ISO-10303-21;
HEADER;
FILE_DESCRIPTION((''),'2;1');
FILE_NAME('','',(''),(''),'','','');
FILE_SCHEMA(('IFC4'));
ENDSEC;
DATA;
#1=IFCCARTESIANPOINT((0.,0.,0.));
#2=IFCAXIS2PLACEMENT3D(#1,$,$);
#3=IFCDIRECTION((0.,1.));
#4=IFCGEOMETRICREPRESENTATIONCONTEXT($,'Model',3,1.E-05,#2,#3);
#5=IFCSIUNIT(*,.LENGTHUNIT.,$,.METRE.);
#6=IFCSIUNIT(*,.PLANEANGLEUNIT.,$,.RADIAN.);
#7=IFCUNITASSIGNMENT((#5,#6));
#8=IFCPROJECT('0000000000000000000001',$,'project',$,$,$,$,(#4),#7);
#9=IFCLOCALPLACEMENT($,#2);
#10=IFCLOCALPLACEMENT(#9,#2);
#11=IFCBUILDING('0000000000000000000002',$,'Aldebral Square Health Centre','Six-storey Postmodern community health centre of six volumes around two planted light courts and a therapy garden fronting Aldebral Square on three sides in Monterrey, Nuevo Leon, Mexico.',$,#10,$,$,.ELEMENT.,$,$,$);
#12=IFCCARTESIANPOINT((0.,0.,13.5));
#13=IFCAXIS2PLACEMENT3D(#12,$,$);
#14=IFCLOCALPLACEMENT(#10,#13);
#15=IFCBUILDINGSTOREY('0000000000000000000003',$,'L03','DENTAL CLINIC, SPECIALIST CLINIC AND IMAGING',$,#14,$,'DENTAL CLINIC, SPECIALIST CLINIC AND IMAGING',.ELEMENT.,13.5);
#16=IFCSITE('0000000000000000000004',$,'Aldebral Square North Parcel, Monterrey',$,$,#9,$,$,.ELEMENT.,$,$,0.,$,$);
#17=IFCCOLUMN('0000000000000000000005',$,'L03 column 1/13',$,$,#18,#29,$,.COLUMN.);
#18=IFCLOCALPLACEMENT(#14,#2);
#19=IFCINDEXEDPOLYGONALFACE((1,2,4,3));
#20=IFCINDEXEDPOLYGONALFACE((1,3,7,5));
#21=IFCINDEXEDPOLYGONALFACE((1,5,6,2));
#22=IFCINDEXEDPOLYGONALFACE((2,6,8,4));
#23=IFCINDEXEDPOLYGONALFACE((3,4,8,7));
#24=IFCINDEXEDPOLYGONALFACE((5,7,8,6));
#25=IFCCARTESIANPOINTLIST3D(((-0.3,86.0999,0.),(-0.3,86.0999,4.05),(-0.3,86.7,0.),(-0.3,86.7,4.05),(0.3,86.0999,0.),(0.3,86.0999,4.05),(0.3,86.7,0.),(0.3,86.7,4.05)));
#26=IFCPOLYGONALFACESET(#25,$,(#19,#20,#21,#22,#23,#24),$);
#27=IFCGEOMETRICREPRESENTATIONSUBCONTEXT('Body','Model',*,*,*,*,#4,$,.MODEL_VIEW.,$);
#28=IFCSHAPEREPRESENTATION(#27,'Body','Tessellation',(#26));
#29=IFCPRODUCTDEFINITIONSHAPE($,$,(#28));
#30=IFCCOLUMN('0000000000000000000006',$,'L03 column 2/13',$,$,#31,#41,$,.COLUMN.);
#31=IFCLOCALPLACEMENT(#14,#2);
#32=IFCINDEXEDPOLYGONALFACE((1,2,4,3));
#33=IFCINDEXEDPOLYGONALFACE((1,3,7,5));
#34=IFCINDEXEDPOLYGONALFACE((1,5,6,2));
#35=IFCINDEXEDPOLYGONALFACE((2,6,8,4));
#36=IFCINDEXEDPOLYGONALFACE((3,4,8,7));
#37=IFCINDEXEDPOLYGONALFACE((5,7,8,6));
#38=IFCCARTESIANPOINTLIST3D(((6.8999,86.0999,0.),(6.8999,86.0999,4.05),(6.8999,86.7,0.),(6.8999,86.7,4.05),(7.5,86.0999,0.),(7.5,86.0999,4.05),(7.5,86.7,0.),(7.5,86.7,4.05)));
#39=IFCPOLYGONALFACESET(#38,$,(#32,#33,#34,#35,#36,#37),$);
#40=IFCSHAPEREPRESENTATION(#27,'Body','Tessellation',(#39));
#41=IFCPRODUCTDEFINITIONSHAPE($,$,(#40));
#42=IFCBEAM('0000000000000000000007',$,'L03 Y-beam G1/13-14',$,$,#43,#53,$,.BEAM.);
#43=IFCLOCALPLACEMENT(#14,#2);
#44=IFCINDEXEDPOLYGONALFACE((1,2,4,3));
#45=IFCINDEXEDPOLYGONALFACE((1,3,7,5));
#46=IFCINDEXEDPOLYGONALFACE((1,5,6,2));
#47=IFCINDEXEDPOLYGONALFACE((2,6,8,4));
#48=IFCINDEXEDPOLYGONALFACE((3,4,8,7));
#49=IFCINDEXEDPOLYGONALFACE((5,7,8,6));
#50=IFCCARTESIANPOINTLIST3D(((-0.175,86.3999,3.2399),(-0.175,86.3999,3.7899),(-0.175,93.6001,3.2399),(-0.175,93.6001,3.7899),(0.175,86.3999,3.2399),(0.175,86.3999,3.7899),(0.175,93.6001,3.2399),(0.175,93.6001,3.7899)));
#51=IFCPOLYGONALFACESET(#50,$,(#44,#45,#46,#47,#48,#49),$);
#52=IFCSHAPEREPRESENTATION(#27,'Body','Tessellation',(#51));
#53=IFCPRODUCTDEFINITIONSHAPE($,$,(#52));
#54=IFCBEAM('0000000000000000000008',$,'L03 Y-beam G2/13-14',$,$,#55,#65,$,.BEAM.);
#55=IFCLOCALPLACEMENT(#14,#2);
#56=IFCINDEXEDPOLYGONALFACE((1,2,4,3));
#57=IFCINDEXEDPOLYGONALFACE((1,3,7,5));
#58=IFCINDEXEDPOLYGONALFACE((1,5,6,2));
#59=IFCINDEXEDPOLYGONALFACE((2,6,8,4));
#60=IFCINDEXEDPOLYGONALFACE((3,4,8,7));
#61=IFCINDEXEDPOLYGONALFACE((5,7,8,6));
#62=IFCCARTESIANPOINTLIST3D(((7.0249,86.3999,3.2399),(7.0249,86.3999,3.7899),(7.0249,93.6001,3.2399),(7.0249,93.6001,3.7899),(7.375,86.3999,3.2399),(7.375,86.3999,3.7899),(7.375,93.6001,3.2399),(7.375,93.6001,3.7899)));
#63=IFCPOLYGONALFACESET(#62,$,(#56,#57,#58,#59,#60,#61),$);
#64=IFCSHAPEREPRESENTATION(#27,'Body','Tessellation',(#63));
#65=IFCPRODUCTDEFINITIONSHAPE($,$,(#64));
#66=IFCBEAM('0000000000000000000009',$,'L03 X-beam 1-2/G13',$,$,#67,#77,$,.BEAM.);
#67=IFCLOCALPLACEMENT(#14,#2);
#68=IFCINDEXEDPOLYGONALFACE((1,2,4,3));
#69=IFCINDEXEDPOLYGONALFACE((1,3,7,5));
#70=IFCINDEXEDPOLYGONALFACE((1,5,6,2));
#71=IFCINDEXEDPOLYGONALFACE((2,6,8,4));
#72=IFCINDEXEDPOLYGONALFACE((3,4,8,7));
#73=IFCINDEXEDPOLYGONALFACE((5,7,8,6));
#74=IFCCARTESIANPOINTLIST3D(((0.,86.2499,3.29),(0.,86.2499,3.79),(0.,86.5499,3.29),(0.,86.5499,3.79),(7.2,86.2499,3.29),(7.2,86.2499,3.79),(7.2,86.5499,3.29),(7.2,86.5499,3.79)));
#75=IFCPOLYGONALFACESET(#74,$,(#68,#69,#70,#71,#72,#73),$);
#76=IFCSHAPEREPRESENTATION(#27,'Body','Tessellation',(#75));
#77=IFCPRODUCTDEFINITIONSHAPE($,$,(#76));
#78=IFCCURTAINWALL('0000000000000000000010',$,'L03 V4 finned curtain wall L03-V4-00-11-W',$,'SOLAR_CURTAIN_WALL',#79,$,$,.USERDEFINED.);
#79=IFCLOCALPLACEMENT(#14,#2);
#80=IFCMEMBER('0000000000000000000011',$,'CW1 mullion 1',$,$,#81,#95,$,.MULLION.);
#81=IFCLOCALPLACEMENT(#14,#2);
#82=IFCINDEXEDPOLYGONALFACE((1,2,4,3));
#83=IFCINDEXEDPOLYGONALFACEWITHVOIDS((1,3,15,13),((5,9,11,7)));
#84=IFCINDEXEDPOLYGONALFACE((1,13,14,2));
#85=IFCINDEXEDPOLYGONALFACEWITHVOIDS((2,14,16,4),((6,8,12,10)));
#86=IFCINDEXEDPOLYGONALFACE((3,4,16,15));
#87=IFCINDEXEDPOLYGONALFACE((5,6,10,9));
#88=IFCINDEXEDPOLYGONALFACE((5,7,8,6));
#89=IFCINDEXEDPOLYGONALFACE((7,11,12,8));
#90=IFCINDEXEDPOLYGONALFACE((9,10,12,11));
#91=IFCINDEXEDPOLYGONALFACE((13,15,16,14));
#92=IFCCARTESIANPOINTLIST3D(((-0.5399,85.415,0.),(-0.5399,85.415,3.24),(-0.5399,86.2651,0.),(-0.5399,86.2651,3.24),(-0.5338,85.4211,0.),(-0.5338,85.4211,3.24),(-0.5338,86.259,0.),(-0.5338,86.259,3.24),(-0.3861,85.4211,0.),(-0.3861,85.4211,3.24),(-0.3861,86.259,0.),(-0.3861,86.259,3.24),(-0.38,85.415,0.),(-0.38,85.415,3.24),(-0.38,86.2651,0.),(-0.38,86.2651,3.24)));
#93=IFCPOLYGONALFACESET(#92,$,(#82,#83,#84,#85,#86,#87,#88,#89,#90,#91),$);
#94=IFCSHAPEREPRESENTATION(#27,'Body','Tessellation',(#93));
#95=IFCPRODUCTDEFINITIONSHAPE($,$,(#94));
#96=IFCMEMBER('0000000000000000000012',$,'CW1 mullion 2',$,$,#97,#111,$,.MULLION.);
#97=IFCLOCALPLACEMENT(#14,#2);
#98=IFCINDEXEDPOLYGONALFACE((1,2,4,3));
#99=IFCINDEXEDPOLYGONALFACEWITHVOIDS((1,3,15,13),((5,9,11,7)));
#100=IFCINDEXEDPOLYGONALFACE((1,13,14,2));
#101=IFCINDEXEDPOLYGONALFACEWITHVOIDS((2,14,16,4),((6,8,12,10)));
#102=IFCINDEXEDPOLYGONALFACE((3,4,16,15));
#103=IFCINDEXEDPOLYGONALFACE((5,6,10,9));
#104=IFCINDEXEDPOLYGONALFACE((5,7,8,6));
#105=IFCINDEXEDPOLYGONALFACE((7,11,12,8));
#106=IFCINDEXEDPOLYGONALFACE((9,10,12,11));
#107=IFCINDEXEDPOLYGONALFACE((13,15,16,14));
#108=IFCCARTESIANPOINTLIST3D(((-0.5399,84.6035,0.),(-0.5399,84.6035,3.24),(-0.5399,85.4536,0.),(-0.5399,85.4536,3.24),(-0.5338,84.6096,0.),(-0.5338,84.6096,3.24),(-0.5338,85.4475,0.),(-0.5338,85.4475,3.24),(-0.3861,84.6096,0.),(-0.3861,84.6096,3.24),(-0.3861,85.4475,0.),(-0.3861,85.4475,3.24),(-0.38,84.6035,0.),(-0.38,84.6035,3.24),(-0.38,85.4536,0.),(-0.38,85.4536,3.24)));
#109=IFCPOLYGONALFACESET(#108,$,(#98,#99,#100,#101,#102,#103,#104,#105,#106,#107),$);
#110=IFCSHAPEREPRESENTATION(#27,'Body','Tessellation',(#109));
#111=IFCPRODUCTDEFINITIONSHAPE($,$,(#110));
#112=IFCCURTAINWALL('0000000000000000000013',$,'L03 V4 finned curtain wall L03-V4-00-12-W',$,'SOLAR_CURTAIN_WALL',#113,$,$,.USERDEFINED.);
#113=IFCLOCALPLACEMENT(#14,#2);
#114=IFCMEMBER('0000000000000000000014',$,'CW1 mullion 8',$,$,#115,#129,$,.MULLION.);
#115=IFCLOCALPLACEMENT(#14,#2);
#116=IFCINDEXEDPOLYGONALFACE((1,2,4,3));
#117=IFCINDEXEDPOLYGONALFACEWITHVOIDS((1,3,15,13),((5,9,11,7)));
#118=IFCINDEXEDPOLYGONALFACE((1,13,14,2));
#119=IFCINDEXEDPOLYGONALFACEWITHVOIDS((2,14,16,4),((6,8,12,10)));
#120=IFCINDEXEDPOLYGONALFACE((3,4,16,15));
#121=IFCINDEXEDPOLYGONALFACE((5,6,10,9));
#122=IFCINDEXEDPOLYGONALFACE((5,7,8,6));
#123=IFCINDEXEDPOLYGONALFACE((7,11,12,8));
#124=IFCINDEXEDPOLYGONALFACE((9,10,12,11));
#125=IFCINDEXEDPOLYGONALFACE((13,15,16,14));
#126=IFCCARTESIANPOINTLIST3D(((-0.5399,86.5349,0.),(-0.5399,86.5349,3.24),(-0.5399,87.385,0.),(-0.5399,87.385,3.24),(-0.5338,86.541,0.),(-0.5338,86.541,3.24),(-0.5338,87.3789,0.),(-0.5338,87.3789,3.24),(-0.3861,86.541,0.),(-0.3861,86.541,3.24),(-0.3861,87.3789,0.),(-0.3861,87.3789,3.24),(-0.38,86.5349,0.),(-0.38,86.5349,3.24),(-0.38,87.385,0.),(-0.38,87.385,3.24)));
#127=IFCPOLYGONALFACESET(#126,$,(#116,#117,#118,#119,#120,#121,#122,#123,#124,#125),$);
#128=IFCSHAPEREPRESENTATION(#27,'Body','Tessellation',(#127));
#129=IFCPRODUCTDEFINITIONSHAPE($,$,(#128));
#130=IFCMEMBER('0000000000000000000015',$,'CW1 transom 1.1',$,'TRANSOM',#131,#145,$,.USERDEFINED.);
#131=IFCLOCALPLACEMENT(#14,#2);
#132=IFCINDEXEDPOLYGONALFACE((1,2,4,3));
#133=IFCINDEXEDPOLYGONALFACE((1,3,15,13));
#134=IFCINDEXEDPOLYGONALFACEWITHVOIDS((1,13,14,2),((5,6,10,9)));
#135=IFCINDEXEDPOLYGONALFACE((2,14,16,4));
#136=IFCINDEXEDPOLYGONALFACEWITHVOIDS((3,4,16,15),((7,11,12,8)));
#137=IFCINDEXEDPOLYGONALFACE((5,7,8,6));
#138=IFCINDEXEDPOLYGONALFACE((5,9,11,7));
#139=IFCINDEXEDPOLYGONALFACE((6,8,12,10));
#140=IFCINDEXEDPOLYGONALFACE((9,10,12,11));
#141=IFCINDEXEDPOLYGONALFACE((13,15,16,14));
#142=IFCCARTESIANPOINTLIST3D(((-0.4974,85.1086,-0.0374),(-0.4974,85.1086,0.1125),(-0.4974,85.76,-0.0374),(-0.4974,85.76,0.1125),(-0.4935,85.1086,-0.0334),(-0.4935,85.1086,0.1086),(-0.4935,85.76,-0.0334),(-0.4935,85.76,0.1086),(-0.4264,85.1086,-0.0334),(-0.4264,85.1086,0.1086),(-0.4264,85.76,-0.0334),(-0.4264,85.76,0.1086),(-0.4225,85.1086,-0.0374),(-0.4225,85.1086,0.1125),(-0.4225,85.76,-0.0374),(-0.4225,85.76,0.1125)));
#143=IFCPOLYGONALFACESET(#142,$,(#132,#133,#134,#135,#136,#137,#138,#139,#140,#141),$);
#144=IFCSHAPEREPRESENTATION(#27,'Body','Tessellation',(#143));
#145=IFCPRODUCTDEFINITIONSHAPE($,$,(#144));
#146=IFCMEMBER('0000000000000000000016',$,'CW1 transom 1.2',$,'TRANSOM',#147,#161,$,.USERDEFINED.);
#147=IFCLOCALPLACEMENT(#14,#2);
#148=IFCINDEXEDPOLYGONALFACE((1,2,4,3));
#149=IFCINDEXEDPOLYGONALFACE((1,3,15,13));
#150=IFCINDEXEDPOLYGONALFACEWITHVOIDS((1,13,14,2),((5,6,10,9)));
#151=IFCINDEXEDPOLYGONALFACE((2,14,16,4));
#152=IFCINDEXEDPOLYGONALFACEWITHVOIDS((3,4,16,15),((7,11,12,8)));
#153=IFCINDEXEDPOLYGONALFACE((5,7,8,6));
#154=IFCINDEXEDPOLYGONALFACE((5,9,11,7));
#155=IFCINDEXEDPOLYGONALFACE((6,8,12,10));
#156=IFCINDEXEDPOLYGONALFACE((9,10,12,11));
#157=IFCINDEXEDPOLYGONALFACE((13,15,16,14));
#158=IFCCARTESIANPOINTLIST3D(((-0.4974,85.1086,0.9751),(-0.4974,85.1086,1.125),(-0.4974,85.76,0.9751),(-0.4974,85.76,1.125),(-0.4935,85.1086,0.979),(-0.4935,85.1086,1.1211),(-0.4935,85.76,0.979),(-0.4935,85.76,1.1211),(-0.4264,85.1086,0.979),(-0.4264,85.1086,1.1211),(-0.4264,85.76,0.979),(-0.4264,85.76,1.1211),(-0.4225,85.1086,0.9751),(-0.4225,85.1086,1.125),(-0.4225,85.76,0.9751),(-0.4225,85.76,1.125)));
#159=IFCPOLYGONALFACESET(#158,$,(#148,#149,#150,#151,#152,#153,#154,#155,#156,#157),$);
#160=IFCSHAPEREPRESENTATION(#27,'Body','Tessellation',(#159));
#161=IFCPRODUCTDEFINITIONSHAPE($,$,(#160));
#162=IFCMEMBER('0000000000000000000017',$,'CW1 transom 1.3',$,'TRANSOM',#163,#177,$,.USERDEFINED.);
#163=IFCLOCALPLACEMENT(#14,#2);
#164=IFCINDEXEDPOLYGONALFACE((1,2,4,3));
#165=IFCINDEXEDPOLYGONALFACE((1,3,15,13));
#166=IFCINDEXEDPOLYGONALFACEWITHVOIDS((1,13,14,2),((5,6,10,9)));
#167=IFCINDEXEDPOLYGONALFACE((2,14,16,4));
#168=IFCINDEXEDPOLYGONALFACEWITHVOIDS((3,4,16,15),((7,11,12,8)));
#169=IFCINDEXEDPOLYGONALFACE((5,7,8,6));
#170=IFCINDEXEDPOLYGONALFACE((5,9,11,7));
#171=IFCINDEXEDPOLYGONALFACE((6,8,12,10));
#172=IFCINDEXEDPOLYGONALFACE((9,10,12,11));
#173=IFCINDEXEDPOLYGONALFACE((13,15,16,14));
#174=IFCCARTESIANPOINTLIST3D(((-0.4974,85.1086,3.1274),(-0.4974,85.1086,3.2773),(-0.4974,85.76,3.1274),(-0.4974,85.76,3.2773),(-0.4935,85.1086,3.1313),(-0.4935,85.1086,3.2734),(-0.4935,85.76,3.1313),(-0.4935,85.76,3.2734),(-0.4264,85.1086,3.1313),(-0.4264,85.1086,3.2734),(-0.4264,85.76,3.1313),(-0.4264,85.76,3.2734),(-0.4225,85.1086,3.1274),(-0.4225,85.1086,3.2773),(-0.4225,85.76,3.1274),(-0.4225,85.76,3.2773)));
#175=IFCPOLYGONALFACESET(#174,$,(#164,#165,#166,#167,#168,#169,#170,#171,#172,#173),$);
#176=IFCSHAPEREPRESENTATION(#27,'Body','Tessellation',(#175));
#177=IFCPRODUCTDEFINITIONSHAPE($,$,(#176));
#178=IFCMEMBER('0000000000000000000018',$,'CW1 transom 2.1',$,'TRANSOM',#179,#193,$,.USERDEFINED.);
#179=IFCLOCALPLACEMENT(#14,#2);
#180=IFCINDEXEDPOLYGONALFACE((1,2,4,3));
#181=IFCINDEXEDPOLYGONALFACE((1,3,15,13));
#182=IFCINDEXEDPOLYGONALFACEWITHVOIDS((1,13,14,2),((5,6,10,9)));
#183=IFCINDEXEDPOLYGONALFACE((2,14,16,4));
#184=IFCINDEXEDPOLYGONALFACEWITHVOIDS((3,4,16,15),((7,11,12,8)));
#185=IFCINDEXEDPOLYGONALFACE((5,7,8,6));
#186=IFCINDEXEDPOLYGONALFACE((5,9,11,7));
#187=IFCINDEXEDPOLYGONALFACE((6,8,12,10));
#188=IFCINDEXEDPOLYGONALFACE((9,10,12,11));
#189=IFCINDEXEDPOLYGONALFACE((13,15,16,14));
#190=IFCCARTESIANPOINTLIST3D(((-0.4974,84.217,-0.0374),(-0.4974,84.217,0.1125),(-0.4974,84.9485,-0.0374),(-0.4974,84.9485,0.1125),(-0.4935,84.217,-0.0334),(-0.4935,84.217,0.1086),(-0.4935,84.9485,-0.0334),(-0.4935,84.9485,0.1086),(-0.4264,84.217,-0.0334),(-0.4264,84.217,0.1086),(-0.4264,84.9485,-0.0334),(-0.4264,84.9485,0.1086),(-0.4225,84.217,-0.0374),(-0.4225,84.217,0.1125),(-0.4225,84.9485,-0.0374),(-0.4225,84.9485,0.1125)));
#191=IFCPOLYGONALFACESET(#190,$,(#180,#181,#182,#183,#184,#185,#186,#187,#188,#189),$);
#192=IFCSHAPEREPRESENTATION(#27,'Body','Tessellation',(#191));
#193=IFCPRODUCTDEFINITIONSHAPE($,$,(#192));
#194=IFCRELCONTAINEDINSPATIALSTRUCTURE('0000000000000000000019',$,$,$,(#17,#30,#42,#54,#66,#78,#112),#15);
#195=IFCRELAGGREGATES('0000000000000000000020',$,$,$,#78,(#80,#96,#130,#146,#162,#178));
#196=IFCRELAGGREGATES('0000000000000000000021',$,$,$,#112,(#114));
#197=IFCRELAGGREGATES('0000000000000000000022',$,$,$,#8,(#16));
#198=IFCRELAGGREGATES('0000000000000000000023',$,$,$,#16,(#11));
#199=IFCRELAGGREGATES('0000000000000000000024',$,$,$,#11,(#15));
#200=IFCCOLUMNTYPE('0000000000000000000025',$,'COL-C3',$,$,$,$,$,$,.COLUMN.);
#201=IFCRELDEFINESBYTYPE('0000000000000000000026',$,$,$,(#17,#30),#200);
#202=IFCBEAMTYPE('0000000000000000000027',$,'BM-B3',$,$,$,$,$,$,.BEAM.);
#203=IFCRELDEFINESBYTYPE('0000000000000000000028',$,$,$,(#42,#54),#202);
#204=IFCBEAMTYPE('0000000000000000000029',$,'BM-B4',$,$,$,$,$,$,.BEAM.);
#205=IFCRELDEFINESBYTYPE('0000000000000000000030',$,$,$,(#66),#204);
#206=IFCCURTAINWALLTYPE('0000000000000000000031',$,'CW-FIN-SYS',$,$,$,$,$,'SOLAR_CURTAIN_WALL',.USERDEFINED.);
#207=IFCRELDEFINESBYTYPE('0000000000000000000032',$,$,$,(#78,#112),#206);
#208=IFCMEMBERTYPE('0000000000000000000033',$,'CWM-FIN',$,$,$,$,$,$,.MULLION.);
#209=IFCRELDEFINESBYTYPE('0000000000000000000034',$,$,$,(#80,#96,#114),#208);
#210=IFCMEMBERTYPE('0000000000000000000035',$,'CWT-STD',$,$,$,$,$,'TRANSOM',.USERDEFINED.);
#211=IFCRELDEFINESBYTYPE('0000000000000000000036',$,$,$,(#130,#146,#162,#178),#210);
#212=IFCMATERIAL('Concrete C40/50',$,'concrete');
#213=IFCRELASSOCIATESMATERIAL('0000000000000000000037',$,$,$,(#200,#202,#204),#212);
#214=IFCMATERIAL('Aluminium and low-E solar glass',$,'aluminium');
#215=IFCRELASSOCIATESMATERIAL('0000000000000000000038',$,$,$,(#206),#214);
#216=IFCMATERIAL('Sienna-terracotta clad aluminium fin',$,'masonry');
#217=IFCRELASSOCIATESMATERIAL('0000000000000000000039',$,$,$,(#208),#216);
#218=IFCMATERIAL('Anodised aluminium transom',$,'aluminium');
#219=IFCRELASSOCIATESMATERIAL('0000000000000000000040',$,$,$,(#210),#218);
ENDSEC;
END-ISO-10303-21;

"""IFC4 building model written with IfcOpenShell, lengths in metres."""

from ifc_helpers import new_model, si_unit, direction, frame, origin, origin_2d, place, context, subcontext, project, spatial, rectangle, hollow_rectangle, extrude, material, material_profile, profile_set, type_object, element, aggregate, save


model = new_model("IFC4")

# Units and contexts
model_context = context("Model", 3, precision=1e-05, world=origin(), true_north=direction((0.0, 1.0)))
body_context = subcontext(model_context, "Body", "Model", "MODEL_VIEW")
ifc_project = project(units=[si_unit("LENGTHUNIT", "METRE"), si_unit("PLANEANGLEUNIT", "RADIAN")], contexts=[model_context])

# Site, building, storey
site_placement = place(None, origin())
site = spatial("IfcSite", under=ifc_project, at=site_placement, Name="Aldebral Square North Parcel, Monterrey", CompositionType="ELEMENT", RefElevation=0.0)
building_placement = place(site_placement, origin())
building = spatial("IfcBuilding", under=site, at=building_placement, Name="Aldebral Square Health Centre", Description="Six-storey Postmodern community health centre of six volumes around two planted light courts and a therapy garden fronting Aldebral Square on three sides in Monterrey, Nuevo Leon, Mexico.", CompositionType="ELEMENT")
storey_placement = place(building_placement, frame((0.0, 0.0, 13.5)))
storey = spatial("IfcBuildingStorey", under=building, at=storey_placement, Name="L03", Description="DENTAL CLINIC, SPECIALIST CLINIC AND IMAGING", LongName="DENTAL CLINIC, SPECIALIST CLINIC AND IMAGING", CompositionType="ELEMENT", Elevation=13.5)

# Columns
ifc_material_1 = material(Name="Concrete C40/50", Category="concrete")
ifc_material_profile_1 = material_profile(ifc_material_1, rectangle(XDim=0.6001, YDim=0.6001, at=origin_2d()), Name="RC 600x600")
ifc_profile_set_1 = profile_set([ifc_material_profile_1], Name="Concrete C40/50")
column_type = type_object("IfcColumnType", Name="COL-C3", PredefinedType="COLUMN", material=ifc_profile_set_1)
for number, where, z_axis, x_axis, name in (
    (1, (0.0, 86.3999, 0.0), (0.0, 0.0, 1.0), (1.0, 0.0, 0.0), "L03 column 1/13"),
    (2, (7.2, 86.3999, 0.0), (0.0, 0.0, 1.0), (1.0, 0.0, 0.0), "L03 column 2/13"),
):
    element("IfcColumn", number, at=place(storey_placement, frame(where, z_axis=z_axis, x_axis=x_axis)), inside=storey, type_object=column_type, Name=name, PredefinedType="COLUMN", context=body_context, shape_type="SweptSolid", body=[
        extrude(rectangle(XDim=0.6001, YDim=0.6001, at=origin_2d()), origin(), (0.0, 0.0, 1.0), 4.05),
    ])

# Beams
ifc_material_profile_2 = material_profile(ifc_material_1, rectangle(XDim=0.3501, YDim=0.55, at=origin_2d()), Name="RC 350x550")
ifc_profile_set_2 = profile_set([ifc_material_profile_2], Name="Concrete C40/50")
beam_type_1 = type_object("IfcBeamType", Name="BM-B3", PredefinedType="BEAM", material=ifc_profile_set_2)
for number, where, z_axis, x_axis, name in (
    (3, (0.0, 86.3999, 3.5149), (0.0, 1.0, 0.0), (-1.0, 0.0, 0.0), "L03 Y-beam G1/13-14"),
    (4, (7.2, 86.3999, 3.5149), (0.0, 1.0, 0.0), (-1.0, 0.0, 0.0), "L03 Y-beam G2/13-14"),
):
    element("IfcBeam", number, at=place(storey_placement, frame(where, z_axis=z_axis, x_axis=x_axis)), inside=storey, type_object=beam_type_1, Name=name, PredefinedType="BEAM", context=body_context, shape_type="SweptSolid", body=[
        extrude(rectangle(XDim=0.3501, YDim=0.55, at=origin_2d()), origin(), (0.0, 0.0, 1.0), 7.2002),
    ])
ifc_material_profile_3 = material_profile(ifc_material_1, rectangle(XDim=0.3, YDim=0.5, at=origin_2d()), Name="RC 300x500")
ifc_profile_set_3 = profile_set([ifc_material_profile_3], Name="Concrete C40/50")
beam_type_2 = type_object("IfcBeamType", Name="BM-B4", PredefinedType="BEAM", material=ifc_profile_set_3)
beam_placement = place(storey_placement, frame((0.0, 86.3999, 3.54), z_axis=(1.0, 0.0, 0.0), x_axis=(0.0, 1.0, 0.0)))
element("IfcBeam", 5, at=beam_placement, inside=storey, type_object=beam_type_2, Name="L03 X-beam 1-2/G13", PredefinedType="BEAM", context=body_context, shape_type="SweptSolid", body=[
    extrude(rectangle(XDim=0.3, YDim=0.5, at=origin_2d()), origin(), (0.0, 0.0, 1.0), 7.2),
])

# Curtain wall, members
ifc_material_2 = material(Name="Aluminium and low-E solar glass", Category="aluminium")
curtain_wall_type = type_object("IfcCurtainWallType", Name="CW-FIN-SYS", ElementType="SOLAR_CURTAIN_WALL", PredefinedType="USERDEFINED", material=ifc_material_2)
curtain_wall_1_placement = place(storey_placement, origin())
curtain_wall_1 = element("IfcCurtainWall", 6, at=curtain_wall_1_placement, inside=storey, type_object=curtain_wall_type, Name="L03 V4 finned curtain wall L03-V4-00-11-W", ObjectType="SOLAR_CURTAIN_WALL", PredefinedType="USERDEFINED")
ifc_material_3 = material(Name="Sienna-terracotta clad aluminium fin", Category="masonry")
ifc_material_profile_4 = material_profile(ifc_material_3, hollow_rectangle(XDim=0.1599, YDim=0.8501, WallThickness=0.0061, at=origin_2d()), Name="FIN 160x850x6")
ifc_profile_set_4 = profile_set([ifc_material_profile_4], Name="Sienna-terracotta clad aluminium fin")
member_type_1 = type_object("IfcMemberType", Name="CWM-FIN", PredefinedType="MULLION", material=ifc_profile_set_4)
member_1_placement = place(storey_placement, frame((-0.46, 85.8401, 0.0), z_axis=(0.0, 0.0, 1.0), x_axis=(1.0, 0.0, 0.0)))
member_1 = element("IfcMember", 7, at=member_1_placement, type_object=member_type_1, Name="CW1 mullion 1", PredefinedType="MULLION", context=body_context, shape_type="SweptSolid", body=[
    extrude(hollow_rectangle(XDim=0.1599, YDim=0.8501, WallThickness=0.0061, at=origin_2d()), origin(), (0.0, 0.0, 1.0), 3.24),
])
member_2_placement = place(storey_placement, frame((-0.46, 85.0286, 0.0), z_axis=(0.0, 0.0, 1.0), x_axis=(1.0, 0.0, 0.0)))
member_2 = element("IfcMember", 8, at=member_2_placement, type_object=member_type_1, Name="CW1 mullion 2", PredefinedType="MULLION", context=body_context, shape_type="SweptSolid", body=[
    extrude(hollow_rectangle(XDim=0.1599, YDim=0.8501, WallThickness=0.0061, at=origin_2d()), origin(), (0.0, 0.0, 1.0), 3.24),
])

# Curtain wall, member
curtain_wall_2_placement = place(storey_placement, origin())
curtain_wall_2 = element("IfcCurtainWall", 9, at=curtain_wall_2_placement, inside=storey, type_object=curtain_wall_type, Name="L03 V4 finned curtain wall L03-V4-00-12-W", ObjectType="SOLAR_CURTAIN_WALL", PredefinedType="USERDEFINED")
member_3_placement = place(storey_placement, frame((-0.46, 86.96, 0.0), z_axis=(0.0, 0.0, 1.0), x_axis=(1.0, 0.0, 0.0)))
member_3 = element("IfcMember", 10, at=member_3_placement, type_object=member_type_1, Name="CW1 mullion 8", PredefinedType="MULLION", context=body_context, shape_type="SweptSolid", body=[
    extrude(hollow_rectangle(XDim=0.1599, YDim=0.8501, WallThickness=0.0061, at=origin_2d()), origin(), (0.0, 0.0, 1.0), 3.24),
])

# Members
ifc_material_4 = material(Name="Anodised aluminium transom", Category="aluminium")
ifc_material_profile_5 = material_profile(ifc_material_4, hollow_rectangle(XDim=0.075, YDim=0.1499, WallThickness=0.0039, at=origin_2d()), Name="CWT 75x150x4")
ifc_profile_set_5 = profile_set([ifc_material_profile_5], Name="Anodised aluminium transom")
member_type_2 = type_object("IfcMemberType", Name="CWT-STD", ElementType="TRANSOM", PredefinedType="USERDEFINED", material=ifc_profile_set_5)
member_4_placement = place(storey_placement, frame((-0.46, 85.76, 0.0376), z_axis=(0.0, -1.0, 0.0), x_axis=(1.0, 0.0, 0.0)))
member_4 = element("IfcMember", 11, at=member_4_placement, type_object=member_type_2, Name="CW1 transom 1.1", ObjectType="TRANSOM", PredefinedType="USERDEFINED", context=body_context, shape_type="SweptSolid", body=[
    extrude(hollow_rectangle(XDim=0.075, YDim=0.1499, WallThickness=0.0039, at=origin_2d()), origin(), (0.0, 0.0, 1.0), 0.6514),
])
member_5_placement = place(storey_placement, frame((-0.46, 85.76, 1.05), z_axis=(0.0, -1.0, 0.0), x_axis=(1.0, 0.0, 0.0)))
member_5 = element("IfcMember", 12, at=member_5_placement, type_object=member_type_2, Name="CW1 transom 1.2", ObjectType="TRANSOM", PredefinedType="USERDEFINED", context=body_context, shape_type="SweptSolid", body=[
    extrude(hollow_rectangle(XDim=0.075, YDim=0.1499, WallThickness=0.0039, at=origin_2d()), origin(), (0.0, 0.0, 1.0), 0.6514),
])
member_6_placement = place(storey_placement, frame((-0.46, 85.76, 3.2024), z_axis=(0.0, -1.0, 0.0), x_axis=(1.0, 0.0, 0.0)))
member_6 = element("IfcMember", 13, at=member_6_placement, type_object=member_type_2, Name="CW1 transom 1.3", ObjectType="TRANSOM", PredefinedType="USERDEFINED", context=body_context, shape_type="SweptSolid", body=[
    extrude(hollow_rectangle(XDim=0.075, YDim=0.1499, WallThickness=0.0039, at=origin_2d()), origin(), (0.0, 0.0, 1.0), 0.6514),
])
member_7_placement = place(storey_placement, frame((-0.46, 84.9485, 0.0376), z_axis=(0.0, -1.0, 0.0), x_axis=(1.0, 0.0, 0.0)))
member_7 = element("IfcMember", 14, at=member_7_placement, type_object=member_type_2, Name="CW1 transom 2.1", ObjectType="TRANSOM", PredefinedType="USERDEFINED", context=body_context, shape_type="SweptSolid", body=[
    extrude(hollow_rectangle(XDim=0.075, YDim=0.1499, WallThickness=0.0039, at=origin_2d()), origin(), (0.0, 0.0, 1.0), 0.7314),
])

aggregate(curtain_wall_1, [member_1, member_2, member_4, member_5, member_6, member_7])
aggregate(curtain_wall_2, [member_3])

save(model, "model.ifc")
